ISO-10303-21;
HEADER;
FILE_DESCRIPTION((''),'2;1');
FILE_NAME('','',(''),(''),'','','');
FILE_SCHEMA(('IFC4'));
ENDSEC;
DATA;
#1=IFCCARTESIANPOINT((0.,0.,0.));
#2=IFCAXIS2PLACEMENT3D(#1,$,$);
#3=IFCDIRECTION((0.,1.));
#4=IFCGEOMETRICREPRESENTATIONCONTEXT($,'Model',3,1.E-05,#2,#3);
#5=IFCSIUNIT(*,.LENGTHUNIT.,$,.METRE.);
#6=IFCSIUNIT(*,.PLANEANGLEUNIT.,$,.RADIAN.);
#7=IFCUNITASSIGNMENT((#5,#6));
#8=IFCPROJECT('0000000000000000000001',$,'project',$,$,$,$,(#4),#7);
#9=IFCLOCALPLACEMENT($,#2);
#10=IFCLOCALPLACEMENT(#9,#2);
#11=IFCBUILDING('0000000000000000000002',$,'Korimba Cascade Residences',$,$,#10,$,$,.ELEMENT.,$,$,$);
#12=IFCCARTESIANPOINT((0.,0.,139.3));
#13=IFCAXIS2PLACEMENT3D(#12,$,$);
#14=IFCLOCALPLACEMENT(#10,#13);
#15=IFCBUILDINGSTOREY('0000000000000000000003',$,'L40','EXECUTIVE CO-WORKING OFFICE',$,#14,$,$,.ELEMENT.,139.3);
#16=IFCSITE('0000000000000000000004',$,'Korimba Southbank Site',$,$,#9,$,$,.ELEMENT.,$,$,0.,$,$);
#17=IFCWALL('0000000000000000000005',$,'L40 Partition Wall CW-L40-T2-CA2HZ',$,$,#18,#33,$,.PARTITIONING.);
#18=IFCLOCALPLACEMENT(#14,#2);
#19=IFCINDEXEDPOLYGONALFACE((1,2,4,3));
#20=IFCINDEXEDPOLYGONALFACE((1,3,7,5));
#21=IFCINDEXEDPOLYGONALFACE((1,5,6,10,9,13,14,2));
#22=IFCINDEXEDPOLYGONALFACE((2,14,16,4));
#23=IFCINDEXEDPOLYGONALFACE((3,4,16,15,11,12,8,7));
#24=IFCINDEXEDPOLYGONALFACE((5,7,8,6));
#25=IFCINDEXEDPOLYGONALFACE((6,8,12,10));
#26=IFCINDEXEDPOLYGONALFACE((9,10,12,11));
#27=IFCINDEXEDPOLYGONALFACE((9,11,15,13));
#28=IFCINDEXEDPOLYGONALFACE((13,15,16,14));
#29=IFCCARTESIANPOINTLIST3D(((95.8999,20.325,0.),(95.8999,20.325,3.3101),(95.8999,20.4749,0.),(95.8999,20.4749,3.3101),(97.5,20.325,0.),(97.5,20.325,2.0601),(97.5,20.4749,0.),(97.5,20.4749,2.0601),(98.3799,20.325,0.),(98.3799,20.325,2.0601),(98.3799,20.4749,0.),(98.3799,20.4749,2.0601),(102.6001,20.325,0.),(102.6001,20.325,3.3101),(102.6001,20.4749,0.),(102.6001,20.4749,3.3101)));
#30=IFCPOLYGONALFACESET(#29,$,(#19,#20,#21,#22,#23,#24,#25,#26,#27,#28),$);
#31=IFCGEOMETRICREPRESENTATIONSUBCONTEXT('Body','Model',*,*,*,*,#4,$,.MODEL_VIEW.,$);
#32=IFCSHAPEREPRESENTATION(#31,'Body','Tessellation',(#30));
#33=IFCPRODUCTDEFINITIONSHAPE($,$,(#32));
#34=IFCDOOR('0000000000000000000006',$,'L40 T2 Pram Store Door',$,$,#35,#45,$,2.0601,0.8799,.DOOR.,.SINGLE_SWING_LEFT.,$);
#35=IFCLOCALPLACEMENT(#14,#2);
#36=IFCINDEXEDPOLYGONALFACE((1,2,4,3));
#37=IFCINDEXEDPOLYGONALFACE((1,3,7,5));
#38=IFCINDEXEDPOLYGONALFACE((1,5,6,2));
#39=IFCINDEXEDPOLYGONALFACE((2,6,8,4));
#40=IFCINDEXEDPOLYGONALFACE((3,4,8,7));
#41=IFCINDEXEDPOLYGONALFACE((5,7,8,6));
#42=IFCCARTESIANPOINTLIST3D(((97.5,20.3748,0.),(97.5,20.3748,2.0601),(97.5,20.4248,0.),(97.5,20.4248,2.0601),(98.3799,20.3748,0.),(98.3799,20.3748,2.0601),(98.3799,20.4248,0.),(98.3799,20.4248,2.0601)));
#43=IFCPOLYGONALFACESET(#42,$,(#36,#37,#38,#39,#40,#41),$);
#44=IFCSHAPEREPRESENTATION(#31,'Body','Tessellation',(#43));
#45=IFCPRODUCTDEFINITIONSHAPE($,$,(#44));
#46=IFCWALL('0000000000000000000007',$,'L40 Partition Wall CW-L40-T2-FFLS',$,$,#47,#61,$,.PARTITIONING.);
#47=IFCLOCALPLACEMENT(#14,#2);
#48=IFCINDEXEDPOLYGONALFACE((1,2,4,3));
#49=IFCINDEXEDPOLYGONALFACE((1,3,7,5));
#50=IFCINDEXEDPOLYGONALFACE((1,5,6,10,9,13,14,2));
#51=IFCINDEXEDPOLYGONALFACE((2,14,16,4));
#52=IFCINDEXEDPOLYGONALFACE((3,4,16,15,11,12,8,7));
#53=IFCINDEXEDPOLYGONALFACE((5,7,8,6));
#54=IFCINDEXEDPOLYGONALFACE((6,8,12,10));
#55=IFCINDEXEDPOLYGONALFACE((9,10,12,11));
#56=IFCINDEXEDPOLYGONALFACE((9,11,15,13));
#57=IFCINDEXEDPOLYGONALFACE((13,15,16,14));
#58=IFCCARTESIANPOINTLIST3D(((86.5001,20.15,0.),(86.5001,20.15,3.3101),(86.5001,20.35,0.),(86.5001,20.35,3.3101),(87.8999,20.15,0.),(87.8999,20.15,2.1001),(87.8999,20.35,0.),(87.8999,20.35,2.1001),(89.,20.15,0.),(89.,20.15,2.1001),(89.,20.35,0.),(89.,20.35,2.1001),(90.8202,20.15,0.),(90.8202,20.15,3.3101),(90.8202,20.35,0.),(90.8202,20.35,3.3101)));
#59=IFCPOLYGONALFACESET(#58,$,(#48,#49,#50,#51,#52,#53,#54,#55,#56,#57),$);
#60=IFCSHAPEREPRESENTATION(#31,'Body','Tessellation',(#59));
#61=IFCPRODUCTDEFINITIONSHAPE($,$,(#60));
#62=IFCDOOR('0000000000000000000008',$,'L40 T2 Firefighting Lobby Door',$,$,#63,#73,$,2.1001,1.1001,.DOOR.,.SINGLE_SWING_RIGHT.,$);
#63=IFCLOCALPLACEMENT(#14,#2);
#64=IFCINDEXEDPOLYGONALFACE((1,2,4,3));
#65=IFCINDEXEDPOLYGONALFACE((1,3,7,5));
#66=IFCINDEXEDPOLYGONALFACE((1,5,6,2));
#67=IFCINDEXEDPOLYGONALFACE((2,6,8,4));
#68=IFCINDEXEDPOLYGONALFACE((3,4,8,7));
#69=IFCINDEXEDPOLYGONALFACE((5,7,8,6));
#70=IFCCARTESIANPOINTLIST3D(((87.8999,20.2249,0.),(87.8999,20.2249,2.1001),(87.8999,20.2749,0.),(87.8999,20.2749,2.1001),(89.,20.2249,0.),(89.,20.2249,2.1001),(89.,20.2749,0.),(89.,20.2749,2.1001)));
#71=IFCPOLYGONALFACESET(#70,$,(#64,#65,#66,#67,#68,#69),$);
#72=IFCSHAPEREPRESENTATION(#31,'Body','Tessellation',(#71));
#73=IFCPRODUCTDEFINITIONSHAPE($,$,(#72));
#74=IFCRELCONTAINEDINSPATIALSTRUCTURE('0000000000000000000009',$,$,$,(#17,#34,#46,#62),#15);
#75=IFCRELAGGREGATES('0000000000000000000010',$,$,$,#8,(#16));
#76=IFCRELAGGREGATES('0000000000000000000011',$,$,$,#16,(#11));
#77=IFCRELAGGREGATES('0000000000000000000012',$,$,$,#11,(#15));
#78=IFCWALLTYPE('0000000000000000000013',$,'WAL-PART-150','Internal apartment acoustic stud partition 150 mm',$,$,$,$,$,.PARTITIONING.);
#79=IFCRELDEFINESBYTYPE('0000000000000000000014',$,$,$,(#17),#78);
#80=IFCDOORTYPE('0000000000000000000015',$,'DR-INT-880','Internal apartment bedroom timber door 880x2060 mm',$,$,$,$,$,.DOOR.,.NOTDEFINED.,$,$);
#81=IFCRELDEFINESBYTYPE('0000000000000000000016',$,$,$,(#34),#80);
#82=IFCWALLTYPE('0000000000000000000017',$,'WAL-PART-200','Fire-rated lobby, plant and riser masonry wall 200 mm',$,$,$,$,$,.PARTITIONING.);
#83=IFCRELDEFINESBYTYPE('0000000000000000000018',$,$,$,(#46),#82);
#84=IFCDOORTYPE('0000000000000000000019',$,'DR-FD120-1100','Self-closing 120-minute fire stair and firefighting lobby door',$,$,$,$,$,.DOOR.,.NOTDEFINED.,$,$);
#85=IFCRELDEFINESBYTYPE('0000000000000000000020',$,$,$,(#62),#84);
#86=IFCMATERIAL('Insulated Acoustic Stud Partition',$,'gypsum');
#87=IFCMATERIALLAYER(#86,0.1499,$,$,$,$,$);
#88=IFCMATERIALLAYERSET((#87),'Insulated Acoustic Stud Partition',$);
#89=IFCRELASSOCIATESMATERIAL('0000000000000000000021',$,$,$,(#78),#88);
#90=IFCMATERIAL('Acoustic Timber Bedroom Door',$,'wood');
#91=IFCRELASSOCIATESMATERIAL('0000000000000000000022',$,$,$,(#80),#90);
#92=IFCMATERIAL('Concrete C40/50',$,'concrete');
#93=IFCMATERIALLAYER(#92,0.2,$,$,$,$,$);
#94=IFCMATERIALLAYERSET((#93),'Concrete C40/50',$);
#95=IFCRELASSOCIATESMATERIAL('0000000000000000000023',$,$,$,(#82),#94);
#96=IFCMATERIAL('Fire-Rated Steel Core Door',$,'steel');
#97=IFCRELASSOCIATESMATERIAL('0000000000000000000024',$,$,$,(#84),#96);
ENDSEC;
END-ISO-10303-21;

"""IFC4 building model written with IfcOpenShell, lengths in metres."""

from ifc_helpers import new_model, si_unit, direction, frame, frame_2d, origin, place, context, subcontext, project, spatial, rectangle, extrude, material, layer, layer_set, type_object, element, fill, save


model = new_model("IFC4")

# Units and contexts
model_context = context("Model", 3, precision=1e-05, world=origin(), true_north=direction((0.0, 1.0)))
body_context = subcontext(model_context, "Body", "Model", "MODEL_VIEW")
ifc_project = project(units=[si_unit("LENGTHUNIT", "METRE"), si_unit("PLANEANGLEUNIT", "RADIAN")], contexts=[model_context])

# Site, building, storey
site_placement = place(None, origin())
site = spatial("IfcSite", under=ifc_project, at=site_placement, Name="Korimba Southbank Site", CompositionType="ELEMENT", RefElevation=0.0)
building_placement = place(site_placement, origin())
building = spatial("IfcBuilding", under=site, at=building_placement, Name="Korimba Cascade Residences", CompositionType="ELEMENT")
storey_placement = place(building_placement, frame((0.0, 0.0, 139.3)))
storey = spatial("IfcBuildingStorey", under=building, at=storey_placement, Name="L40", Description="EXECUTIVE CO-WORKING OFFICE", CompositionType="ELEMENT", Elevation=139.3)

# Shared definitions
ifc_material_1 = material(Name="Insulated Acoustic Stud Partition", Category="gypsum")
ifc_layer_1 = layer(ifc_material_1, 0.1499)
ifc_layer_set_1 = layer_set([ifc_layer_1], Name="Insulated Acoustic Stud Partition")
wall_type_1 = type_object("IfcWallType", Name="WAL-PART-150", Description="Internal apartment acoustic stud partition 150 mm", PredefinedType="PARTITIONING", material=ifc_layer_set_1)

# Walls, openings, doors
wall_1_placement = place(storey_placement, frame((95.8999, 20.3999, 0.0), z_axis=(0.0, 0.0, 1.0), x_axis=(1.0, 0.0, 0.0)))
wall_1 = element("IfcWall", 1, at=wall_1_placement, inside=storey, type_object=wall_type_1, Name="L40 Partition Wall CW-L40-T2-CA2HZ", PredefinedType="PARTITIONING", context=body_context, shape_type="SweptSolid", body=[
    extrude(rectangle(XDim=6.7002, YDim=0.1499, at=frame_2d((3.3501, 0.0))), origin(), (0.0, 0.0, 1.0), 3.3101),
])
opening_1_placement = place(wall_1_placement, frame((1.6001, 0.0, 0.0)))
opening_1 = element("IfcOpeningElement", 2, at=opening_1_placement, cuts=wall_1, PredefinedType="OPENING", context=body_context, shape_type="SweptSolid", body=[
    extrude(rectangle(XDim=0.8799, YDim=2.0601, at=frame_2d((0.4399, 1.03))), frame((0.0, 0.085, 0.0), z_axis=(0.0, -1.0, 0.0), x_axis=(1.0, 0.0, 0.0)), (0.0, 0.0, 1.0), 0.1699),
])
ifc_material_2 = material(Name="Acoustic Timber Bedroom Door", Category="wood")
door_type_1 = type_object("IfcDoorType", Name="DR-INT-880", Description="Internal apartment bedroom timber door 880x2060 mm", OperationType="NOTDEFINED", PredefinedType="DOOR", material=ifc_material_2)
door_1_placement = place(opening_1_placement, origin())
door_1 = element("IfcDoor", 3, at=door_1_placement, inside=storey, type_object=door_type_1, Name="L40 T2 Pram Store Door", OperationType="SINGLE_SWING_LEFT", OverallHeight=2.0601, OverallWidth=0.8799, PredefinedType="DOOR", context=body_context, shape_type="SweptSolid", body=[
    extrude(rectangle(XDim=0.8799, YDim=2.0601, at=frame_2d((0.4399, 1.03))), frame((0.0, 0.0249, 0.0), z_axis=(0.0, -1.0, 0.0), x_axis=(1.0, 0.0, 0.0)), (0.0, 0.0, 1.0), 0.05),
])
fill(opening_1, door_1)
ifc_material_3 = material(Name="Concrete C40/50", Category="concrete")
ifc_layer_2 = layer(ifc_material_3, 0.2)
ifc_layer_set_2 = layer_set([ifc_layer_2], Name="Concrete C40/50")
wall_type_2 = type_object("IfcWallType", Name="WAL-PART-200", Description="Fire-rated lobby, plant and riser masonry wall 200 mm", PredefinedType="PARTITIONING", material=ifc_layer_set_2)
wall_2_placement = place(storey_placement, frame((86.5, 20.25, 0.0), z_axis=(0.0, 0.0, 1.0), x_axis=(1.0, 0.0, 0.0)))
wall_2 = element("IfcWall", 4, at=wall_2_placement, inside=storey, type_object=wall_type_2, Name="L40 Partition Wall CW-L40-T2-FFLS", PredefinedType="PARTITIONING", context=body_context, shape_type="SweptSolid", body=[
    extrude(rectangle(XDim=4.3201, YDim=0.2, at=frame_2d((2.1602, 0.0))), origin(), (0.0, 0.0, 1.0), 3.3101),
])
opening_2_placement = place(wall_2_placement, frame((1.3999, 0.0, 0.0)))
opening_2 = element("IfcOpeningElement", 5, at=opening_2_placement, cuts=wall_2, PredefinedType="OPENING", context=body_context, shape_type="SweptSolid", body=[
    extrude(rectangle(XDim=1.1001, YDim=2.1001, at=frame_2d((0.55, 1.05))), frame((0.0, 0.1099, 0.0), z_axis=(0.0, -1.0, 0.0), x_axis=(1.0, 0.0, 0.0)), (0.0, 0.0, 1.0), 0.22),
])
ifc_material_4 = material(Name="Fire-Rated Steel Core Door", Category="steel")
door_type_2 = type_object("IfcDoorType", Name="DR-FD120-1100", Description="Self-closing 120-minute fire stair and firefighting lobby door", OperationType="NOTDEFINED", PredefinedType="DOOR", material=ifc_material_4)
door_2_placement = place(opening_2_placement, origin())
door_2 = element("IfcDoor", 6, at=door_2_placement, inside=storey, type_object=door_type_2, Name="L40 T2 Firefighting Lobby Door", OperationType="SINGLE_SWING_RIGHT", OverallHeight=2.1001, OverallWidth=1.1001, PredefinedType="DOOR", context=body_context, shape_type="SweptSolid", body=[
    extrude(rectangle(XDim=1.1001, YDim=2.1001, at=frame_2d((0.55, 1.05))), frame((0.0, 0.0249, 0.0), z_axis=(0.0, -1.0, 0.0), x_axis=(1.0, 0.0, 0.0)), (0.0, 0.0, 1.0), 0.05),
])
fill(opening_2, door_2)

save(model, "model.ifc")
